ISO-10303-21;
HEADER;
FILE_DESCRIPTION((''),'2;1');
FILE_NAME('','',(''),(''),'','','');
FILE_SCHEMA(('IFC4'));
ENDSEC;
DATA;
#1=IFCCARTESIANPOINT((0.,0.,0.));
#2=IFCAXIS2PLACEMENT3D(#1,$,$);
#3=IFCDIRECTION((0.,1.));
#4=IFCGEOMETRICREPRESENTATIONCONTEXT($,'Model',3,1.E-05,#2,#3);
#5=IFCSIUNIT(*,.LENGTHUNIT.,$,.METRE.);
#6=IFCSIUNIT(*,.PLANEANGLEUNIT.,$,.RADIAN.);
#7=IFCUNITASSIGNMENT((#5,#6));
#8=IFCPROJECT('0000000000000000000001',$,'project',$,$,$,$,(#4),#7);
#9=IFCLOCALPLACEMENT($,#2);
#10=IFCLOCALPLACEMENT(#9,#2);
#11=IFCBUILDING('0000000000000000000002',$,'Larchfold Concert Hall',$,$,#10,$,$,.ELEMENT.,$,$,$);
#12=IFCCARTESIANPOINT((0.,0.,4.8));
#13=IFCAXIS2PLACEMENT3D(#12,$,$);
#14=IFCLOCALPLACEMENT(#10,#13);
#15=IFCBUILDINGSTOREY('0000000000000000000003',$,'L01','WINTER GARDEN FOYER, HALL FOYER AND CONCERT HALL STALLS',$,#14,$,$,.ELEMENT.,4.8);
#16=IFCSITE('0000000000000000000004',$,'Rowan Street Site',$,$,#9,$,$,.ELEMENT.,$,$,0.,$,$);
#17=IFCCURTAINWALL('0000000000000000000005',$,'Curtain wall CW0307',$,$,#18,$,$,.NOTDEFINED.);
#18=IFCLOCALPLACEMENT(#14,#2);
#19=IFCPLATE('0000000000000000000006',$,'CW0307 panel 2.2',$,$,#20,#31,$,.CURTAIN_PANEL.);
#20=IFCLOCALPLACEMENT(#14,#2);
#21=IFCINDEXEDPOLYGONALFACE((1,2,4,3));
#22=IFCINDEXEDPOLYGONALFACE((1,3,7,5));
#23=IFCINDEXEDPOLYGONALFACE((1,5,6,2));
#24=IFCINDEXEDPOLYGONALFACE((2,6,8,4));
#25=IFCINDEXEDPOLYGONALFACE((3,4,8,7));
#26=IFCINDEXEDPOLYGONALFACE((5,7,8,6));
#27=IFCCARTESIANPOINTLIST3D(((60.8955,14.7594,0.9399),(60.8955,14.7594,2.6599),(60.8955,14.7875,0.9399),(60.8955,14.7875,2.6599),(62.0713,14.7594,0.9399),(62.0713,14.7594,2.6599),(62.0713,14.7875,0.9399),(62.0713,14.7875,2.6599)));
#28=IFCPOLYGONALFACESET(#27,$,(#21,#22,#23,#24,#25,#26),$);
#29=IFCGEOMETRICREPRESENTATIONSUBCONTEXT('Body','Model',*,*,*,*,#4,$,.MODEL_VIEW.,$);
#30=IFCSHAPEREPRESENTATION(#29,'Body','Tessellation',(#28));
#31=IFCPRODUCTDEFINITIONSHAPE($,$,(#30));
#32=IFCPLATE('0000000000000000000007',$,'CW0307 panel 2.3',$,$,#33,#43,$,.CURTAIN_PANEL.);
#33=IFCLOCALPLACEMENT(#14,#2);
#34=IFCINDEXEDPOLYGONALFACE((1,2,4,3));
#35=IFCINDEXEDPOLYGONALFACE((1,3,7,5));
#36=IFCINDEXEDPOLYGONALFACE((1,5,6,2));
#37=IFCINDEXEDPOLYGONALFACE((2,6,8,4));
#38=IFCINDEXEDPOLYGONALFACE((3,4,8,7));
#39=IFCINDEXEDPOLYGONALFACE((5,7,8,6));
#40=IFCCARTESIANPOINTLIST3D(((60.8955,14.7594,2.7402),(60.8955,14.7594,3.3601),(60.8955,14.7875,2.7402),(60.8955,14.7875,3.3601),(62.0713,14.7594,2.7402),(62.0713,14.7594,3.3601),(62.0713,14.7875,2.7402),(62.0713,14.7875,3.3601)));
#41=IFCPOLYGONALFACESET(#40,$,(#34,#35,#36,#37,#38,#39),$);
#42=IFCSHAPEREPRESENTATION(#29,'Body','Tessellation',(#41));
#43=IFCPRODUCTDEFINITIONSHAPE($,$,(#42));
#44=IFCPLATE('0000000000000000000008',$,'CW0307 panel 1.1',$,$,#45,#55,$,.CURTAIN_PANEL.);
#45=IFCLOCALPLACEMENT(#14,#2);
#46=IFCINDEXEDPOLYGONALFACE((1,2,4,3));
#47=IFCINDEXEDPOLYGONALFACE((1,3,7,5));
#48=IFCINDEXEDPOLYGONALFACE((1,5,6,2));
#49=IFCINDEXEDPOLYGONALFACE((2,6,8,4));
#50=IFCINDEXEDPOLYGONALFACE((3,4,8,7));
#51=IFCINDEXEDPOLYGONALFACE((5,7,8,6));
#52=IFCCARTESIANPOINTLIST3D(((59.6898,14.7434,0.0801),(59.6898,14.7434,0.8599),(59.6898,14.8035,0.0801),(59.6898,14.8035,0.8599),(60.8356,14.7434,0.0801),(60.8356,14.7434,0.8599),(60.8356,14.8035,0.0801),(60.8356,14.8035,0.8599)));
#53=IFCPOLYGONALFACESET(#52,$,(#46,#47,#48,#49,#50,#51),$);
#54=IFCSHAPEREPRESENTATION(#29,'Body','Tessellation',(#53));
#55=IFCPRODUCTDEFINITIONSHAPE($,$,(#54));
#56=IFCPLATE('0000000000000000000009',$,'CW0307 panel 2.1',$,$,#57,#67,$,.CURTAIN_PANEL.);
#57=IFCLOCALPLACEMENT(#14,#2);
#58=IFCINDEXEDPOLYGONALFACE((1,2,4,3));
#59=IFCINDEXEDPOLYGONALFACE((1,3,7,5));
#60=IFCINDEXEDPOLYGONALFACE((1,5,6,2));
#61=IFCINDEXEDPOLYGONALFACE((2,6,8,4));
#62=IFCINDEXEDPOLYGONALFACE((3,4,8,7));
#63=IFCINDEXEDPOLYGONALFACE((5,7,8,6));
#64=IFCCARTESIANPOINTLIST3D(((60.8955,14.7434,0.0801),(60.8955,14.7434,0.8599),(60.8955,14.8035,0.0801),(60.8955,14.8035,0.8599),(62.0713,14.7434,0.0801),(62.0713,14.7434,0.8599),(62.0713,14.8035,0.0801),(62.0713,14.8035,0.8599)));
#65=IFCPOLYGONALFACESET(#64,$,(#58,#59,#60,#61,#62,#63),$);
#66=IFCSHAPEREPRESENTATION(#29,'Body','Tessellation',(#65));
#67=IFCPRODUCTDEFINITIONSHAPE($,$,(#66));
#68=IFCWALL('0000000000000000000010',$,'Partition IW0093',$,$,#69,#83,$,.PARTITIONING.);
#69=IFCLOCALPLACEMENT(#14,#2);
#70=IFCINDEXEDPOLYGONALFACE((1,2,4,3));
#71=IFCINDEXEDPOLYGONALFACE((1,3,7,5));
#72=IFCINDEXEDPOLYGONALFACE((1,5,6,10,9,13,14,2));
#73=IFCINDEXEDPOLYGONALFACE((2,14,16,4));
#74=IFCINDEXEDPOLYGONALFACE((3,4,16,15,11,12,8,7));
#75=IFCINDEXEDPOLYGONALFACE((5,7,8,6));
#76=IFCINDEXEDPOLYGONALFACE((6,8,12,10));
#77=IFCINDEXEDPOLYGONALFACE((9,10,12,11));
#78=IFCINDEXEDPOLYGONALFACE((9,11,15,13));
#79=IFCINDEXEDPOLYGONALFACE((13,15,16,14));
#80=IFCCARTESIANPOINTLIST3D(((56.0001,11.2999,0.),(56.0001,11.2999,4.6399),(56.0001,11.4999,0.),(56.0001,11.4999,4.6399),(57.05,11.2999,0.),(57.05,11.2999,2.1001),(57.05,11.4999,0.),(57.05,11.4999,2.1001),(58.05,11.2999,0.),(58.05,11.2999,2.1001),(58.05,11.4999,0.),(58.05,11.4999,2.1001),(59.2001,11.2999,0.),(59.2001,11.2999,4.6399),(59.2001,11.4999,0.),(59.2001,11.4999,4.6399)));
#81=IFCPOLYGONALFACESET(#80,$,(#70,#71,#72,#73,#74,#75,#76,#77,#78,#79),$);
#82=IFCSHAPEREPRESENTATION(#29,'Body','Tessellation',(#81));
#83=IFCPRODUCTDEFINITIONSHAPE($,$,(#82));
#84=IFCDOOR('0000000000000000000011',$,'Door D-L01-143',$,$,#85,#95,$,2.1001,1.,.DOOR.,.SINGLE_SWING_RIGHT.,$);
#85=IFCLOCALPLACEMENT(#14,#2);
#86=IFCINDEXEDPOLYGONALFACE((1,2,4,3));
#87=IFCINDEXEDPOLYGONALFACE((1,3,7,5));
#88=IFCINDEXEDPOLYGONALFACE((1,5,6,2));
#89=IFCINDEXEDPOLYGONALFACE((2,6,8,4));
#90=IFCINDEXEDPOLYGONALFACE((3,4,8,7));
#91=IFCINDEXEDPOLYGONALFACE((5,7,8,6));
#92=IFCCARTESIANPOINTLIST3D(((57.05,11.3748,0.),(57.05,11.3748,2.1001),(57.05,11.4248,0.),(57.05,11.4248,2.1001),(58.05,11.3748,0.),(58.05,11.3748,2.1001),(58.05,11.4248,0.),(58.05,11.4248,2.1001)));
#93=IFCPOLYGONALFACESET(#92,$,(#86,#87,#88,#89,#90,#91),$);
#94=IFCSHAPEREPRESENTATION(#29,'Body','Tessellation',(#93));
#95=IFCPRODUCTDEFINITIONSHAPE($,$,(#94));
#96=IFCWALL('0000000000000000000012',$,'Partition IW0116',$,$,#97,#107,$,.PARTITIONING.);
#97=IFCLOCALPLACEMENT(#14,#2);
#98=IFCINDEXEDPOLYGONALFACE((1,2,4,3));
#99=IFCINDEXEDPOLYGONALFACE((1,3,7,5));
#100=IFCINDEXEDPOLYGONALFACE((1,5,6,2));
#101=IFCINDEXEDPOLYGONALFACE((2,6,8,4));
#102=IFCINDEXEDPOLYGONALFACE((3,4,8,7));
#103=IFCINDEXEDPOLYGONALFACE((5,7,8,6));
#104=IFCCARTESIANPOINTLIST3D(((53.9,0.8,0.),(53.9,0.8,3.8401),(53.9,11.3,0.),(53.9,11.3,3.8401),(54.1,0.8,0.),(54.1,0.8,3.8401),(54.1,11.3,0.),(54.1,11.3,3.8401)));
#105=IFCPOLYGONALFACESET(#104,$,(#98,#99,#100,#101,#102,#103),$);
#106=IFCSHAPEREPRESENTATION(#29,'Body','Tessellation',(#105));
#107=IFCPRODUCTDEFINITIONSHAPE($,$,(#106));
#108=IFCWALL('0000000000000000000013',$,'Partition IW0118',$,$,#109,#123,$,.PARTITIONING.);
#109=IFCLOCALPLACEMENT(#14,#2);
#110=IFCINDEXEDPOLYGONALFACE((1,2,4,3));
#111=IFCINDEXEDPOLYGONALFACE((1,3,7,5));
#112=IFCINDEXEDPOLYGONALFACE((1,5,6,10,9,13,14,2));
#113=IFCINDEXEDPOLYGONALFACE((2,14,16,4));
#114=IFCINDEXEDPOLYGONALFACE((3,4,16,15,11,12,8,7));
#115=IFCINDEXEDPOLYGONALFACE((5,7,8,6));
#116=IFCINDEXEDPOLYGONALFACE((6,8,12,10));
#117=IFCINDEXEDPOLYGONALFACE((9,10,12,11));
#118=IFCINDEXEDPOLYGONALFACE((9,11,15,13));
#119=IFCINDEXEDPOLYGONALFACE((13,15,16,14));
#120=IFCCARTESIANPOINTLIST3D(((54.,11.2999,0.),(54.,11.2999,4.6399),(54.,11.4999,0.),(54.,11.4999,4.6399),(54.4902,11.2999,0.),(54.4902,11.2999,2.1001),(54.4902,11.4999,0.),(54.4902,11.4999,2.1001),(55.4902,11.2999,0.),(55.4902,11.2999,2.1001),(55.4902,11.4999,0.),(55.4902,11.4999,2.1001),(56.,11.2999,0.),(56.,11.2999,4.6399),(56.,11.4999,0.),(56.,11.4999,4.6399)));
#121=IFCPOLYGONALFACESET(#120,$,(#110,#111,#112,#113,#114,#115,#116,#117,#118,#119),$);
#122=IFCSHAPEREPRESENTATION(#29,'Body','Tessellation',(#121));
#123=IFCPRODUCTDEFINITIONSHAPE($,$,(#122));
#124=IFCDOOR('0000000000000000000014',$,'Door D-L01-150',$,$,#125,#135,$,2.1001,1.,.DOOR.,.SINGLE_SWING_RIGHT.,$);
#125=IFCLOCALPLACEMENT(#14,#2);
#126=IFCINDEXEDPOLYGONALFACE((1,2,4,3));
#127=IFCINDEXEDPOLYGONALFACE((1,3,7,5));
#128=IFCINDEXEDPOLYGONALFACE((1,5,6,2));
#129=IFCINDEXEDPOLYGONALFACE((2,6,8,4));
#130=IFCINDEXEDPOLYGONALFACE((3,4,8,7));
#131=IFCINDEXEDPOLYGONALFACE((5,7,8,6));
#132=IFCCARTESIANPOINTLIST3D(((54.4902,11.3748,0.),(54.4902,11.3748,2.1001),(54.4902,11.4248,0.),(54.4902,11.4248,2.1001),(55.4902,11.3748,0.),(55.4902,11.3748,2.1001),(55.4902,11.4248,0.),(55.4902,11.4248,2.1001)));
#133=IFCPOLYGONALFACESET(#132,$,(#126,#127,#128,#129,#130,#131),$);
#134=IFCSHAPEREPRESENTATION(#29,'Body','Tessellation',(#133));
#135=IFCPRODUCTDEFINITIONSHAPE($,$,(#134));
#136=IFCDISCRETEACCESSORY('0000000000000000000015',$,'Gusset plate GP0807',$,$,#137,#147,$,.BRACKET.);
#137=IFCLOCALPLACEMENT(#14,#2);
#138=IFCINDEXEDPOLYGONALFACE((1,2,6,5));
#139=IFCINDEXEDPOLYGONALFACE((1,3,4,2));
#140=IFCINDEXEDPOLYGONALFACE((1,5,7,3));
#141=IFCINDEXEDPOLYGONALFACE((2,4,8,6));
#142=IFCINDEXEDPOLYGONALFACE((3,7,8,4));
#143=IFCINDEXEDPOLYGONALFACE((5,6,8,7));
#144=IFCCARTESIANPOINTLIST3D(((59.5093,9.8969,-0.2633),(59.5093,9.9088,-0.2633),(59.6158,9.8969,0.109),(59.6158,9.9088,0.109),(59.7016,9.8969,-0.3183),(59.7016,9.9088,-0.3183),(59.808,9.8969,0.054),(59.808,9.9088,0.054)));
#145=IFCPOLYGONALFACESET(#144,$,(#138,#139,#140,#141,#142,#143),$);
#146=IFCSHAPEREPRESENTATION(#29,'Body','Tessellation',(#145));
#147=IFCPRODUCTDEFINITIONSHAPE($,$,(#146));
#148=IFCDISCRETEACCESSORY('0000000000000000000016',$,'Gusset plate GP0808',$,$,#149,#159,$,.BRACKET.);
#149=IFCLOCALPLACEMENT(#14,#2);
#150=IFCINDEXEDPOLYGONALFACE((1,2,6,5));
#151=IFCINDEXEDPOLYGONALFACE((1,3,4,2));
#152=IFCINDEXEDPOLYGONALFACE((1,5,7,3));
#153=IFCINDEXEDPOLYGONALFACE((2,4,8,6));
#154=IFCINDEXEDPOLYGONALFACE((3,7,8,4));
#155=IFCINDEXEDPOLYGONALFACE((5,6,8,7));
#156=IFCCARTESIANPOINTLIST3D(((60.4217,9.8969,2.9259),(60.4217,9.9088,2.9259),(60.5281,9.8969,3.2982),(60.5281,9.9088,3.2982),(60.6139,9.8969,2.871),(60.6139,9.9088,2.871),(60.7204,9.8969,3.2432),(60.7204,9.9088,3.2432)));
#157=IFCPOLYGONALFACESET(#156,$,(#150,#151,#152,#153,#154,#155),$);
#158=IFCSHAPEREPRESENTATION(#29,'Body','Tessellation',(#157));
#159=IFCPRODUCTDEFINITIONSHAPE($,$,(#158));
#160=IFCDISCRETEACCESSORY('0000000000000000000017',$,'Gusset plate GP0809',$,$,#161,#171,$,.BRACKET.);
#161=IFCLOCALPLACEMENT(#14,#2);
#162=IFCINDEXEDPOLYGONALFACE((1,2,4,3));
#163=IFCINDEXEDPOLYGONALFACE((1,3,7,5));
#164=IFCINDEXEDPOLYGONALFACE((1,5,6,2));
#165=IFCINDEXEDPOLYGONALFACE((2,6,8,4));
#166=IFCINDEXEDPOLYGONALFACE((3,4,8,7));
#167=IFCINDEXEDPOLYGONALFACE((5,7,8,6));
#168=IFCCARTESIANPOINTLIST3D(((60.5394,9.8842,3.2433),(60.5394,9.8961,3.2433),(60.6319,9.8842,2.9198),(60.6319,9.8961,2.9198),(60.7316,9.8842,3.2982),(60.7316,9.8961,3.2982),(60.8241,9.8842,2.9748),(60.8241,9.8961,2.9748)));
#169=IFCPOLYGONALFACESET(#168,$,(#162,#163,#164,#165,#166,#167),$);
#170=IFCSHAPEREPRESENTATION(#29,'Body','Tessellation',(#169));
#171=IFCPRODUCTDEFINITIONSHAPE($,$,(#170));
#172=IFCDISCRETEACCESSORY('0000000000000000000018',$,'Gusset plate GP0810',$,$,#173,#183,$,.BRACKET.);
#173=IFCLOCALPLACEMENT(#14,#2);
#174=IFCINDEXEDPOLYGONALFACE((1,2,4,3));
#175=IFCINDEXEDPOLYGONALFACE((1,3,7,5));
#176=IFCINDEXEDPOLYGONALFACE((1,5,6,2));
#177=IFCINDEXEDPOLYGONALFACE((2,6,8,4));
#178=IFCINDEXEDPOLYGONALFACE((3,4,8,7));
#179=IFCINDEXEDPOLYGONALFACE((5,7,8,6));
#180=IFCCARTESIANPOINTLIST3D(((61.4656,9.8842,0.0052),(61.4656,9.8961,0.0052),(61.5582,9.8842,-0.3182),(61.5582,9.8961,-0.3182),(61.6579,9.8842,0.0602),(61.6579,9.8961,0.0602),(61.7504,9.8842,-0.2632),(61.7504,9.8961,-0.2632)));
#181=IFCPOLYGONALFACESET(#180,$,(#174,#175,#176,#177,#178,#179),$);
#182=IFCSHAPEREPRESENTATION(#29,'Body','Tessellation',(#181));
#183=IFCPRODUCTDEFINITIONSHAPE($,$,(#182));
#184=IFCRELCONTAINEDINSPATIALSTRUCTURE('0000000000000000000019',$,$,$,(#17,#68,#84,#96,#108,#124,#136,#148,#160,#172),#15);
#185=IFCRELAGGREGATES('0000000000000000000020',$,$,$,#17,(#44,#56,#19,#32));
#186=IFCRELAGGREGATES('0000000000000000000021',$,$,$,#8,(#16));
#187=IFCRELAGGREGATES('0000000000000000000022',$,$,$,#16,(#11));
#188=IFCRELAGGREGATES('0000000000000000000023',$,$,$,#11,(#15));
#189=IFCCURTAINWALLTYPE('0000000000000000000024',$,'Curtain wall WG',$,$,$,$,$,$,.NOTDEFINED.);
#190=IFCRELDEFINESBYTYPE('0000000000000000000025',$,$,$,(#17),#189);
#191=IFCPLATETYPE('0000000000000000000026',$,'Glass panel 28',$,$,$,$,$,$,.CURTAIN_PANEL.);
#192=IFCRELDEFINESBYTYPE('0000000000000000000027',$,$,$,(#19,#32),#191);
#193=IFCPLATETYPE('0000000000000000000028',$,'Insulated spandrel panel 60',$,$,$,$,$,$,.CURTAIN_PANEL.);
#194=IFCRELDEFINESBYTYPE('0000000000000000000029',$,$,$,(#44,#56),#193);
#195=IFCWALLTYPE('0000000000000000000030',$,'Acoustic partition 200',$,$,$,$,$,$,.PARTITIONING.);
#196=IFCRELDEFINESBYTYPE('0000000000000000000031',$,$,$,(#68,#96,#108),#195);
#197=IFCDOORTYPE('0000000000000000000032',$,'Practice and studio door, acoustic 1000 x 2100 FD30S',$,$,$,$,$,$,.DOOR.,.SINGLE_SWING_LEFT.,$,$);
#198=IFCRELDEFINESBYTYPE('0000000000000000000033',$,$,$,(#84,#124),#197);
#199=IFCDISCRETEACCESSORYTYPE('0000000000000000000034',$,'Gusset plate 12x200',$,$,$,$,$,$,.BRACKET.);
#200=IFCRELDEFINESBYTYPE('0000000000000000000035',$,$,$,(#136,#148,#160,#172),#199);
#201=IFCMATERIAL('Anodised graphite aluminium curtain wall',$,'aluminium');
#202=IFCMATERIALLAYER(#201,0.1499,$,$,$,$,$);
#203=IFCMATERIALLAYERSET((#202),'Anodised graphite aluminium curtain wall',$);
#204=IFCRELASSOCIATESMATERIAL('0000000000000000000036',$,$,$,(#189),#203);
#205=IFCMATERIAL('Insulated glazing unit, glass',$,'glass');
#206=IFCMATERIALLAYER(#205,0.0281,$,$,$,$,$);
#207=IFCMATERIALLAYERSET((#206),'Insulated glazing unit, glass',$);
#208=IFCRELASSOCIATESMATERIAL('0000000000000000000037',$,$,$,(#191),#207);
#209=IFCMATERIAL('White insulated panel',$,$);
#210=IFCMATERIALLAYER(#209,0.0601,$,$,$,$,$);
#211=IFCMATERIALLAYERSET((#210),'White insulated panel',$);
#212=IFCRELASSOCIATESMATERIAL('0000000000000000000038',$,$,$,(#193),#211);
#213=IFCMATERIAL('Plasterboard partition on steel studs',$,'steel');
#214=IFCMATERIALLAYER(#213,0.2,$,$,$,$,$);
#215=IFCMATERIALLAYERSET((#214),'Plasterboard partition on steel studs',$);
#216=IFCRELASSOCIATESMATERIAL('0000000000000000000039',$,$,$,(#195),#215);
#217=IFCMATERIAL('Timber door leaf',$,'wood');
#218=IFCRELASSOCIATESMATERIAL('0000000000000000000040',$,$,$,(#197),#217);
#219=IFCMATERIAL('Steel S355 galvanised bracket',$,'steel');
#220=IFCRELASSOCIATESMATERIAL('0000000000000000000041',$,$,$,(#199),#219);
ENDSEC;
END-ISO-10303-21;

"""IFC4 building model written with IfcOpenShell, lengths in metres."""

from ifc_helpers import new_model, si_unit, direction, frame, frame_2d, origin, origin_2d, place, context, subcontext, project, spatial, rectangle, extrude, material, layer, layer_set, material_profile, profile_set, type_object, element, fill, aggregate, save


model = new_model("IFC4")

# Units and contexts
model_context = context("Model", 3, precision=1e-05, world=origin(), true_north=direction((0.0, 1.0)))
body_context = subcontext(model_context, "Body", "Model", "MODEL_VIEW")
ifc_project = project(units=[si_unit("LENGTHUNIT", "METRE"), si_unit("PLANEANGLEUNIT", "RADIAN")], contexts=[model_context])

# Site, building, storey
site_placement = place(None, origin())
site = spatial("IfcSite", under=ifc_project, at=site_placement, Name="Rowan Street Site", CompositionType="ELEMENT", RefElevation=0.0)
building_placement = place(site_placement, origin())
building = spatial("IfcBuilding", under=site, at=building_placement, Name="Larchfold Concert Hall", CompositionType="ELEMENT")
storey_placement = place(building_placement, frame((0.0, 0.0, 4.8)))
storey = spatial("IfcBuildingStorey", under=building, at=storey_placement, Name="L01", Description="WINTER GARDEN FOYER, HALL FOYER AND CONCERT HALL STALLS", CompositionType="ELEMENT", Elevation=4.8)

# Curtain wall
ifc_material_1 = material(Name="Anodised graphite aluminium curtain wall", Category="aluminium")
ifc_layer_1 = layer(ifc_material_1, 0.1499)
ifc_layer_set_1 = layer_set([ifc_layer_1], Name="Anodised graphite aluminium curtain wall")
curtain_wall_type = type_object("IfcCurtainWallType", Name="Curtain wall WG", PredefinedType="NOTDEFINED", material=ifc_layer_set_1)
curtain_wall_placement = place(storey_placement, origin())
curtain_wall = element("IfcCurtainWall", 1, at=curtain_wall_placement, inside=storey, type_object=curtain_wall_type, Name="Curtain wall CW0307", PredefinedType="NOTDEFINED")

# Plates
ifc_material_2 = material(Name="Insulated glazing unit, glass", Category="glass")
ifc_layer_2 = layer(ifc_material_2, 0.0281)
ifc_layer_set_2 = layer_set([ifc_layer_2], Name="Insulated glazing unit, glass")
plate_type_1 = type_object("IfcPlateType", Name="Glass panel 28", PredefinedType="CURTAIN_PANEL", material=ifc_layer_set_2)
plate_1_placement = place(storey_placement, frame((61.4834, 14.7734, 0.9399), z_axis=(0.0, 0.0, 1.0), x_axis=(1.0, 0.0, 0.0)))
plate_1 = element("IfcPlate", 2, at=plate_1_placement, type_object=plate_type_1, Name="CW0307 panel 2.2", PredefinedType="CURTAIN_PANEL", context=body_context, shape_type="SweptSolid", body=[
    extrude(rectangle(XDim=1.1758, YDim=0.0281, at=origin_2d()), origin(), (0.0, 0.0, 1.0), 1.72),
])
plate_2_placement = place(storey_placement, frame((61.4834, 14.7734, 2.7402), z_axis=(0.0, 0.0, 1.0), x_axis=(1.0, 0.0, 0.0)))
plate_2 = element("IfcPlate", 3, at=plate_2_placement, type_object=plate_type_1, Name="CW0307 panel 2.3", PredefinedType="CURTAIN_PANEL", context=body_context, shape_type="SweptSolid", body=[
    extrude(rectangle(XDim=1.1758, YDim=0.0281, at=origin_2d()), origin(), (0.0, 0.0, 1.0), 0.6199),
])
ifc_material_3 = material(Name="White insulated panel")
ifc_layer_3 = layer(ifc_material_3, 0.0601)
ifc_layer_set_3 = layer_set([ifc_layer_3], Name="White insulated panel")
plate_type_2 = type_object("IfcPlateType", Name="Insulated spandrel panel 60", PredefinedType="CURTAIN_PANEL", material=ifc_layer_set_3)
plate_3_placement = place(storey_placement, frame((60.2627, 14.7734, 0.0801), z_axis=(0.0, 0.0, 1.0), x_axis=(1.0, 0.0, 0.0)))
plate_3 = element("IfcPlate", 4, at=plate_3_placement, type_object=plate_type_2, Name="CW0307 panel 1.1", PredefinedType="CURTAIN_PANEL", context=body_context, shape_type="SweptSolid", body=[
    extrude(rectangle(XDim=1.1458, YDim=0.0601, at=origin_2d()), origin(), (0.0, 0.0, 1.0), 0.7798),
])
plate_4_placement = place(storey_placement, frame((61.4834, 14.7734, 0.0801), z_axis=(0.0, 0.0, 1.0), x_axis=(1.0, 0.0, 0.0)))
plate_4 = element("IfcPlate", 5, at=plate_4_placement, type_object=plate_type_2, Name="CW0307 panel 2.1", PredefinedType="CURTAIN_PANEL", context=body_context, shape_type="SweptSolid", body=[
    extrude(rectangle(XDim=1.1758, YDim=0.0601, at=origin_2d()), origin(), (0.0, 0.0, 1.0), 0.7798),
])
aggregate(curtain_wall, [plate_3, plate_4, plate_1, plate_2])

# Wall, opening, door
ifc_material_4 = material(Name="Plasterboard partition on steel studs", Category="steel")
ifc_layer_4 = layer(ifc_material_4, 0.2)
ifc_layer_set_4 = layer_set([ifc_layer_4], Name="Plasterboard partition on steel studs")
wall_type = type_object("IfcWallType", Name="Acoustic partition 200", PredefinedType="PARTITIONING", material=ifc_layer_set_4)
wall_1_placement = place(storey_placement, frame((56.0, 11.3999, 0.0), z_axis=(0.0, 0.0, 1.0), x_axis=(1.0, 0.0, 0.0)))
wall_1 = element("IfcWall", 6, at=wall_1_placement, inside=storey, type_object=wall_type, Name="Partition IW0093", PredefinedType="PARTITIONING", context=body_context, shape_type="SweptSolid", body=[
    extrude(rectangle(XDim=3.2, YDim=0.2, at=frame_2d((1.6001, 0.0))), origin(), (0.0, 0.0, 1.0), 4.6399),
])
opening_1_placement = place(wall_1_placement, frame((1.05, 0.0, 0.0)))
opening_1 = element("IfcOpeningElement", 7, at=opening_1_placement, cuts=wall_1, PredefinedType="OPENING", context=body_context, shape_type="SweptSolid", body=[
    extrude(rectangle(XDim=1.0, YDim=2.1001, at=frame_2d((0.5, 1.05))), frame((0.0, 0.1099, 0.0), z_axis=(0.0, -1.0, 0.0), x_axis=(1.0, 0.0, 0.0)), (0.0, 0.0, 1.0), 0.22),
])
ifc_material_5 = material(Name="Timber door leaf", Category="wood")
door_type = type_object("IfcDoorType", Name="Practice and studio door, acoustic 1000 x 2100 FD30S", OperationType="SINGLE_SWING_LEFT", PredefinedType="DOOR", material=ifc_material_5)
door_1_placement = place(opening_1_placement, origin())
door_1 = element("IfcDoor", 8, at=door_1_placement, inside=storey, type_object=door_type, Name="Door D-L01-143", OperationType="SINGLE_SWING_RIGHT", OverallHeight=2.1001, OverallWidth=1.0, PredefinedType="DOOR", context=body_context, shape_type="SweptSolid", body=[
    extrude(rectangle(XDim=1.0, YDim=2.1001, at=frame_2d((0.5, 1.05))), frame((0.0, 0.0249, 0.0), z_axis=(0.0, -1.0, 0.0), x_axis=(1.0, 0.0, 0.0)), (0.0, 0.0, 1.0), 0.05),
])
fill(opening_1, door_1)

# Wall
wall_2_placement = place(storey_placement, frame((54.0, 11.3, 0.0), z_axis=(0.0, 0.0, 1.0), x_axis=(0.0, -1.0, 0.0)))
element("IfcWall", 9, at=wall_2_placement, inside=storey, type_object=wall_type, Name="Partition IW0116", PredefinedType="PARTITIONING", context=body_context, shape_type="SweptSolid", body=[
    extrude(rectangle(XDim=10.5, YDim=0.2, at=frame_2d((5.25, 0.0))), origin(), (0.0, 0.0, 1.0), 3.8401),
])

# Wall, opening, door
wall_3_placement = place(storey_placement, frame((54.0, 11.3999, 0.0), z_axis=(0.0, 0.0, 1.0), x_axis=(1.0, 0.0, 0.0)))
wall_3 = element("IfcWall", 10, at=wall_3_placement, inside=storey, type_object=wall_type, Name="Partition IW0118", PredefinedType="PARTITIONING", context=body_context, shape_type="SweptSolid", body=[
    extrude(rectangle(XDim=2.0, YDim=0.2, at=frame_2d((1.0, 0.0))), origin(), (0.0, 0.0, 1.0), 4.6399),
])
opening_2_placement = place(wall_3_placement, frame((0.4902, 0.0, 0.0)))
opening_2 = element("IfcOpeningElement", 11, at=opening_2_placement, cuts=wall_3, PredefinedType="OPENING", context=body_context, shape_type="SweptSolid", body=[
    extrude(rectangle(XDim=1.0, YDim=2.1001, at=frame_2d((0.5, 1.05))), frame((0.0, 0.1099, 0.0), z_axis=(0.0, -1.0, 0.0), x_axis=(1.0, 0.0, 0.0)), (0.0, 0.0, 1.0), 0.22),
])
door_2_placement = place(opening_2_placement, origin())
door_2 = element("IfcDoor", 12, at=door_2_placement, inside=storey, type_object=door_type, Name="Door D-L01-150", OperationType="SINGLE_SWING_RIGHT", OverallHeight=2.1001, OverallWidth=1.0, PredefinedType="DOOR", context=body_context, shape_type="SweptSolid", body=[
    extrude(rectangle(XDim=1.0, YDim=2.1001, at=frame_2d((0.5, 1.05))), frame((0.0, 0.0249, 0.0), z_axis=(0.0, -1.0, 0.0), x_axis=(1.0, 0.0, 0.0)), (0.0, 0.0, 1.0), 0.05),
])
fill(opening_2, door_2)

# Discrete accessories
ifc_material_6 = material(Name="Steel S355 galvanised bracket", Category="steel")
ifc_material_profile_1 = material_profile(ifc_material_6, rectangle(XDim=0.012, YDim=0.2, at=origin_2d()))
ifc_profile_set_1 = profile_set([ifc_material_profile_1], Name="Steel S355 galvanised bracket")
discrete_accessory_type = type_object("IfcDiscreteAccessoryType", Name="Gusset plate 12x200", PredefinedType="BRACKET", material=ifc_profile_set_1)
for number, where, z_axis, x_axis, name in (
    (13, (59.6055, 9.9028, -0.2908), (0.274888, 0.0, 0.961476), (0.0, 1.0, 0.0), "Gusset plate GP0807"),
    (14, (60.5178, 9.9028, 2.8984), (0.274888, 0.0, 0.961476), (0.0, 1.0, 0.0), "Gusset plate GP0808"),
):
    element("IfcDiscreteAccessory", number, at=place(storey_placement, frame(where, z_axis=z_axis, x_axis=x_axis)), inside=storey, type_object=discrete_accessory_type, Name=name, PredefinedType="BRACKET", context=body_context, shape_type="SweptSolid", body=[
        extrude(rectangle(XDim=0.012, YDim=0.2, at=origin_2d()), origin(), (0.0, 0.0, 1.0), 0.3872),
    ])
for number, where, z_axis, x_axis, name in (
    (15, (60.6355, 9.8901, 3.2708), (0.275009, 0.0, -0.961442), (0.0, 1.0, 0.0), "Gusset plate GP0809"),
    (16, (61.5618, 9.8901, 0.0327), (0.275009, 0.0, -0.961442), (0.0, 1.0, 0.0), "Gusset plate GP0810"),
):
    element("IfcDiscreteAccessory", number, at=place(storey_placement, frame(where, z_axis=z_axis, x_axis=x_axis)), inside=storey, type_object=discrete_accessory_type, Name=name, PredefinedType="BRACKET", context=body_context, shape_type="SweptSolid", body=[
        extrude(rectangle(XDim=0.012, YDim=0.2, at=origin_2d()), origin(), (0.0, 0.0, 1.0), 0.3364),
    ])

save(model, "model.ifc")
